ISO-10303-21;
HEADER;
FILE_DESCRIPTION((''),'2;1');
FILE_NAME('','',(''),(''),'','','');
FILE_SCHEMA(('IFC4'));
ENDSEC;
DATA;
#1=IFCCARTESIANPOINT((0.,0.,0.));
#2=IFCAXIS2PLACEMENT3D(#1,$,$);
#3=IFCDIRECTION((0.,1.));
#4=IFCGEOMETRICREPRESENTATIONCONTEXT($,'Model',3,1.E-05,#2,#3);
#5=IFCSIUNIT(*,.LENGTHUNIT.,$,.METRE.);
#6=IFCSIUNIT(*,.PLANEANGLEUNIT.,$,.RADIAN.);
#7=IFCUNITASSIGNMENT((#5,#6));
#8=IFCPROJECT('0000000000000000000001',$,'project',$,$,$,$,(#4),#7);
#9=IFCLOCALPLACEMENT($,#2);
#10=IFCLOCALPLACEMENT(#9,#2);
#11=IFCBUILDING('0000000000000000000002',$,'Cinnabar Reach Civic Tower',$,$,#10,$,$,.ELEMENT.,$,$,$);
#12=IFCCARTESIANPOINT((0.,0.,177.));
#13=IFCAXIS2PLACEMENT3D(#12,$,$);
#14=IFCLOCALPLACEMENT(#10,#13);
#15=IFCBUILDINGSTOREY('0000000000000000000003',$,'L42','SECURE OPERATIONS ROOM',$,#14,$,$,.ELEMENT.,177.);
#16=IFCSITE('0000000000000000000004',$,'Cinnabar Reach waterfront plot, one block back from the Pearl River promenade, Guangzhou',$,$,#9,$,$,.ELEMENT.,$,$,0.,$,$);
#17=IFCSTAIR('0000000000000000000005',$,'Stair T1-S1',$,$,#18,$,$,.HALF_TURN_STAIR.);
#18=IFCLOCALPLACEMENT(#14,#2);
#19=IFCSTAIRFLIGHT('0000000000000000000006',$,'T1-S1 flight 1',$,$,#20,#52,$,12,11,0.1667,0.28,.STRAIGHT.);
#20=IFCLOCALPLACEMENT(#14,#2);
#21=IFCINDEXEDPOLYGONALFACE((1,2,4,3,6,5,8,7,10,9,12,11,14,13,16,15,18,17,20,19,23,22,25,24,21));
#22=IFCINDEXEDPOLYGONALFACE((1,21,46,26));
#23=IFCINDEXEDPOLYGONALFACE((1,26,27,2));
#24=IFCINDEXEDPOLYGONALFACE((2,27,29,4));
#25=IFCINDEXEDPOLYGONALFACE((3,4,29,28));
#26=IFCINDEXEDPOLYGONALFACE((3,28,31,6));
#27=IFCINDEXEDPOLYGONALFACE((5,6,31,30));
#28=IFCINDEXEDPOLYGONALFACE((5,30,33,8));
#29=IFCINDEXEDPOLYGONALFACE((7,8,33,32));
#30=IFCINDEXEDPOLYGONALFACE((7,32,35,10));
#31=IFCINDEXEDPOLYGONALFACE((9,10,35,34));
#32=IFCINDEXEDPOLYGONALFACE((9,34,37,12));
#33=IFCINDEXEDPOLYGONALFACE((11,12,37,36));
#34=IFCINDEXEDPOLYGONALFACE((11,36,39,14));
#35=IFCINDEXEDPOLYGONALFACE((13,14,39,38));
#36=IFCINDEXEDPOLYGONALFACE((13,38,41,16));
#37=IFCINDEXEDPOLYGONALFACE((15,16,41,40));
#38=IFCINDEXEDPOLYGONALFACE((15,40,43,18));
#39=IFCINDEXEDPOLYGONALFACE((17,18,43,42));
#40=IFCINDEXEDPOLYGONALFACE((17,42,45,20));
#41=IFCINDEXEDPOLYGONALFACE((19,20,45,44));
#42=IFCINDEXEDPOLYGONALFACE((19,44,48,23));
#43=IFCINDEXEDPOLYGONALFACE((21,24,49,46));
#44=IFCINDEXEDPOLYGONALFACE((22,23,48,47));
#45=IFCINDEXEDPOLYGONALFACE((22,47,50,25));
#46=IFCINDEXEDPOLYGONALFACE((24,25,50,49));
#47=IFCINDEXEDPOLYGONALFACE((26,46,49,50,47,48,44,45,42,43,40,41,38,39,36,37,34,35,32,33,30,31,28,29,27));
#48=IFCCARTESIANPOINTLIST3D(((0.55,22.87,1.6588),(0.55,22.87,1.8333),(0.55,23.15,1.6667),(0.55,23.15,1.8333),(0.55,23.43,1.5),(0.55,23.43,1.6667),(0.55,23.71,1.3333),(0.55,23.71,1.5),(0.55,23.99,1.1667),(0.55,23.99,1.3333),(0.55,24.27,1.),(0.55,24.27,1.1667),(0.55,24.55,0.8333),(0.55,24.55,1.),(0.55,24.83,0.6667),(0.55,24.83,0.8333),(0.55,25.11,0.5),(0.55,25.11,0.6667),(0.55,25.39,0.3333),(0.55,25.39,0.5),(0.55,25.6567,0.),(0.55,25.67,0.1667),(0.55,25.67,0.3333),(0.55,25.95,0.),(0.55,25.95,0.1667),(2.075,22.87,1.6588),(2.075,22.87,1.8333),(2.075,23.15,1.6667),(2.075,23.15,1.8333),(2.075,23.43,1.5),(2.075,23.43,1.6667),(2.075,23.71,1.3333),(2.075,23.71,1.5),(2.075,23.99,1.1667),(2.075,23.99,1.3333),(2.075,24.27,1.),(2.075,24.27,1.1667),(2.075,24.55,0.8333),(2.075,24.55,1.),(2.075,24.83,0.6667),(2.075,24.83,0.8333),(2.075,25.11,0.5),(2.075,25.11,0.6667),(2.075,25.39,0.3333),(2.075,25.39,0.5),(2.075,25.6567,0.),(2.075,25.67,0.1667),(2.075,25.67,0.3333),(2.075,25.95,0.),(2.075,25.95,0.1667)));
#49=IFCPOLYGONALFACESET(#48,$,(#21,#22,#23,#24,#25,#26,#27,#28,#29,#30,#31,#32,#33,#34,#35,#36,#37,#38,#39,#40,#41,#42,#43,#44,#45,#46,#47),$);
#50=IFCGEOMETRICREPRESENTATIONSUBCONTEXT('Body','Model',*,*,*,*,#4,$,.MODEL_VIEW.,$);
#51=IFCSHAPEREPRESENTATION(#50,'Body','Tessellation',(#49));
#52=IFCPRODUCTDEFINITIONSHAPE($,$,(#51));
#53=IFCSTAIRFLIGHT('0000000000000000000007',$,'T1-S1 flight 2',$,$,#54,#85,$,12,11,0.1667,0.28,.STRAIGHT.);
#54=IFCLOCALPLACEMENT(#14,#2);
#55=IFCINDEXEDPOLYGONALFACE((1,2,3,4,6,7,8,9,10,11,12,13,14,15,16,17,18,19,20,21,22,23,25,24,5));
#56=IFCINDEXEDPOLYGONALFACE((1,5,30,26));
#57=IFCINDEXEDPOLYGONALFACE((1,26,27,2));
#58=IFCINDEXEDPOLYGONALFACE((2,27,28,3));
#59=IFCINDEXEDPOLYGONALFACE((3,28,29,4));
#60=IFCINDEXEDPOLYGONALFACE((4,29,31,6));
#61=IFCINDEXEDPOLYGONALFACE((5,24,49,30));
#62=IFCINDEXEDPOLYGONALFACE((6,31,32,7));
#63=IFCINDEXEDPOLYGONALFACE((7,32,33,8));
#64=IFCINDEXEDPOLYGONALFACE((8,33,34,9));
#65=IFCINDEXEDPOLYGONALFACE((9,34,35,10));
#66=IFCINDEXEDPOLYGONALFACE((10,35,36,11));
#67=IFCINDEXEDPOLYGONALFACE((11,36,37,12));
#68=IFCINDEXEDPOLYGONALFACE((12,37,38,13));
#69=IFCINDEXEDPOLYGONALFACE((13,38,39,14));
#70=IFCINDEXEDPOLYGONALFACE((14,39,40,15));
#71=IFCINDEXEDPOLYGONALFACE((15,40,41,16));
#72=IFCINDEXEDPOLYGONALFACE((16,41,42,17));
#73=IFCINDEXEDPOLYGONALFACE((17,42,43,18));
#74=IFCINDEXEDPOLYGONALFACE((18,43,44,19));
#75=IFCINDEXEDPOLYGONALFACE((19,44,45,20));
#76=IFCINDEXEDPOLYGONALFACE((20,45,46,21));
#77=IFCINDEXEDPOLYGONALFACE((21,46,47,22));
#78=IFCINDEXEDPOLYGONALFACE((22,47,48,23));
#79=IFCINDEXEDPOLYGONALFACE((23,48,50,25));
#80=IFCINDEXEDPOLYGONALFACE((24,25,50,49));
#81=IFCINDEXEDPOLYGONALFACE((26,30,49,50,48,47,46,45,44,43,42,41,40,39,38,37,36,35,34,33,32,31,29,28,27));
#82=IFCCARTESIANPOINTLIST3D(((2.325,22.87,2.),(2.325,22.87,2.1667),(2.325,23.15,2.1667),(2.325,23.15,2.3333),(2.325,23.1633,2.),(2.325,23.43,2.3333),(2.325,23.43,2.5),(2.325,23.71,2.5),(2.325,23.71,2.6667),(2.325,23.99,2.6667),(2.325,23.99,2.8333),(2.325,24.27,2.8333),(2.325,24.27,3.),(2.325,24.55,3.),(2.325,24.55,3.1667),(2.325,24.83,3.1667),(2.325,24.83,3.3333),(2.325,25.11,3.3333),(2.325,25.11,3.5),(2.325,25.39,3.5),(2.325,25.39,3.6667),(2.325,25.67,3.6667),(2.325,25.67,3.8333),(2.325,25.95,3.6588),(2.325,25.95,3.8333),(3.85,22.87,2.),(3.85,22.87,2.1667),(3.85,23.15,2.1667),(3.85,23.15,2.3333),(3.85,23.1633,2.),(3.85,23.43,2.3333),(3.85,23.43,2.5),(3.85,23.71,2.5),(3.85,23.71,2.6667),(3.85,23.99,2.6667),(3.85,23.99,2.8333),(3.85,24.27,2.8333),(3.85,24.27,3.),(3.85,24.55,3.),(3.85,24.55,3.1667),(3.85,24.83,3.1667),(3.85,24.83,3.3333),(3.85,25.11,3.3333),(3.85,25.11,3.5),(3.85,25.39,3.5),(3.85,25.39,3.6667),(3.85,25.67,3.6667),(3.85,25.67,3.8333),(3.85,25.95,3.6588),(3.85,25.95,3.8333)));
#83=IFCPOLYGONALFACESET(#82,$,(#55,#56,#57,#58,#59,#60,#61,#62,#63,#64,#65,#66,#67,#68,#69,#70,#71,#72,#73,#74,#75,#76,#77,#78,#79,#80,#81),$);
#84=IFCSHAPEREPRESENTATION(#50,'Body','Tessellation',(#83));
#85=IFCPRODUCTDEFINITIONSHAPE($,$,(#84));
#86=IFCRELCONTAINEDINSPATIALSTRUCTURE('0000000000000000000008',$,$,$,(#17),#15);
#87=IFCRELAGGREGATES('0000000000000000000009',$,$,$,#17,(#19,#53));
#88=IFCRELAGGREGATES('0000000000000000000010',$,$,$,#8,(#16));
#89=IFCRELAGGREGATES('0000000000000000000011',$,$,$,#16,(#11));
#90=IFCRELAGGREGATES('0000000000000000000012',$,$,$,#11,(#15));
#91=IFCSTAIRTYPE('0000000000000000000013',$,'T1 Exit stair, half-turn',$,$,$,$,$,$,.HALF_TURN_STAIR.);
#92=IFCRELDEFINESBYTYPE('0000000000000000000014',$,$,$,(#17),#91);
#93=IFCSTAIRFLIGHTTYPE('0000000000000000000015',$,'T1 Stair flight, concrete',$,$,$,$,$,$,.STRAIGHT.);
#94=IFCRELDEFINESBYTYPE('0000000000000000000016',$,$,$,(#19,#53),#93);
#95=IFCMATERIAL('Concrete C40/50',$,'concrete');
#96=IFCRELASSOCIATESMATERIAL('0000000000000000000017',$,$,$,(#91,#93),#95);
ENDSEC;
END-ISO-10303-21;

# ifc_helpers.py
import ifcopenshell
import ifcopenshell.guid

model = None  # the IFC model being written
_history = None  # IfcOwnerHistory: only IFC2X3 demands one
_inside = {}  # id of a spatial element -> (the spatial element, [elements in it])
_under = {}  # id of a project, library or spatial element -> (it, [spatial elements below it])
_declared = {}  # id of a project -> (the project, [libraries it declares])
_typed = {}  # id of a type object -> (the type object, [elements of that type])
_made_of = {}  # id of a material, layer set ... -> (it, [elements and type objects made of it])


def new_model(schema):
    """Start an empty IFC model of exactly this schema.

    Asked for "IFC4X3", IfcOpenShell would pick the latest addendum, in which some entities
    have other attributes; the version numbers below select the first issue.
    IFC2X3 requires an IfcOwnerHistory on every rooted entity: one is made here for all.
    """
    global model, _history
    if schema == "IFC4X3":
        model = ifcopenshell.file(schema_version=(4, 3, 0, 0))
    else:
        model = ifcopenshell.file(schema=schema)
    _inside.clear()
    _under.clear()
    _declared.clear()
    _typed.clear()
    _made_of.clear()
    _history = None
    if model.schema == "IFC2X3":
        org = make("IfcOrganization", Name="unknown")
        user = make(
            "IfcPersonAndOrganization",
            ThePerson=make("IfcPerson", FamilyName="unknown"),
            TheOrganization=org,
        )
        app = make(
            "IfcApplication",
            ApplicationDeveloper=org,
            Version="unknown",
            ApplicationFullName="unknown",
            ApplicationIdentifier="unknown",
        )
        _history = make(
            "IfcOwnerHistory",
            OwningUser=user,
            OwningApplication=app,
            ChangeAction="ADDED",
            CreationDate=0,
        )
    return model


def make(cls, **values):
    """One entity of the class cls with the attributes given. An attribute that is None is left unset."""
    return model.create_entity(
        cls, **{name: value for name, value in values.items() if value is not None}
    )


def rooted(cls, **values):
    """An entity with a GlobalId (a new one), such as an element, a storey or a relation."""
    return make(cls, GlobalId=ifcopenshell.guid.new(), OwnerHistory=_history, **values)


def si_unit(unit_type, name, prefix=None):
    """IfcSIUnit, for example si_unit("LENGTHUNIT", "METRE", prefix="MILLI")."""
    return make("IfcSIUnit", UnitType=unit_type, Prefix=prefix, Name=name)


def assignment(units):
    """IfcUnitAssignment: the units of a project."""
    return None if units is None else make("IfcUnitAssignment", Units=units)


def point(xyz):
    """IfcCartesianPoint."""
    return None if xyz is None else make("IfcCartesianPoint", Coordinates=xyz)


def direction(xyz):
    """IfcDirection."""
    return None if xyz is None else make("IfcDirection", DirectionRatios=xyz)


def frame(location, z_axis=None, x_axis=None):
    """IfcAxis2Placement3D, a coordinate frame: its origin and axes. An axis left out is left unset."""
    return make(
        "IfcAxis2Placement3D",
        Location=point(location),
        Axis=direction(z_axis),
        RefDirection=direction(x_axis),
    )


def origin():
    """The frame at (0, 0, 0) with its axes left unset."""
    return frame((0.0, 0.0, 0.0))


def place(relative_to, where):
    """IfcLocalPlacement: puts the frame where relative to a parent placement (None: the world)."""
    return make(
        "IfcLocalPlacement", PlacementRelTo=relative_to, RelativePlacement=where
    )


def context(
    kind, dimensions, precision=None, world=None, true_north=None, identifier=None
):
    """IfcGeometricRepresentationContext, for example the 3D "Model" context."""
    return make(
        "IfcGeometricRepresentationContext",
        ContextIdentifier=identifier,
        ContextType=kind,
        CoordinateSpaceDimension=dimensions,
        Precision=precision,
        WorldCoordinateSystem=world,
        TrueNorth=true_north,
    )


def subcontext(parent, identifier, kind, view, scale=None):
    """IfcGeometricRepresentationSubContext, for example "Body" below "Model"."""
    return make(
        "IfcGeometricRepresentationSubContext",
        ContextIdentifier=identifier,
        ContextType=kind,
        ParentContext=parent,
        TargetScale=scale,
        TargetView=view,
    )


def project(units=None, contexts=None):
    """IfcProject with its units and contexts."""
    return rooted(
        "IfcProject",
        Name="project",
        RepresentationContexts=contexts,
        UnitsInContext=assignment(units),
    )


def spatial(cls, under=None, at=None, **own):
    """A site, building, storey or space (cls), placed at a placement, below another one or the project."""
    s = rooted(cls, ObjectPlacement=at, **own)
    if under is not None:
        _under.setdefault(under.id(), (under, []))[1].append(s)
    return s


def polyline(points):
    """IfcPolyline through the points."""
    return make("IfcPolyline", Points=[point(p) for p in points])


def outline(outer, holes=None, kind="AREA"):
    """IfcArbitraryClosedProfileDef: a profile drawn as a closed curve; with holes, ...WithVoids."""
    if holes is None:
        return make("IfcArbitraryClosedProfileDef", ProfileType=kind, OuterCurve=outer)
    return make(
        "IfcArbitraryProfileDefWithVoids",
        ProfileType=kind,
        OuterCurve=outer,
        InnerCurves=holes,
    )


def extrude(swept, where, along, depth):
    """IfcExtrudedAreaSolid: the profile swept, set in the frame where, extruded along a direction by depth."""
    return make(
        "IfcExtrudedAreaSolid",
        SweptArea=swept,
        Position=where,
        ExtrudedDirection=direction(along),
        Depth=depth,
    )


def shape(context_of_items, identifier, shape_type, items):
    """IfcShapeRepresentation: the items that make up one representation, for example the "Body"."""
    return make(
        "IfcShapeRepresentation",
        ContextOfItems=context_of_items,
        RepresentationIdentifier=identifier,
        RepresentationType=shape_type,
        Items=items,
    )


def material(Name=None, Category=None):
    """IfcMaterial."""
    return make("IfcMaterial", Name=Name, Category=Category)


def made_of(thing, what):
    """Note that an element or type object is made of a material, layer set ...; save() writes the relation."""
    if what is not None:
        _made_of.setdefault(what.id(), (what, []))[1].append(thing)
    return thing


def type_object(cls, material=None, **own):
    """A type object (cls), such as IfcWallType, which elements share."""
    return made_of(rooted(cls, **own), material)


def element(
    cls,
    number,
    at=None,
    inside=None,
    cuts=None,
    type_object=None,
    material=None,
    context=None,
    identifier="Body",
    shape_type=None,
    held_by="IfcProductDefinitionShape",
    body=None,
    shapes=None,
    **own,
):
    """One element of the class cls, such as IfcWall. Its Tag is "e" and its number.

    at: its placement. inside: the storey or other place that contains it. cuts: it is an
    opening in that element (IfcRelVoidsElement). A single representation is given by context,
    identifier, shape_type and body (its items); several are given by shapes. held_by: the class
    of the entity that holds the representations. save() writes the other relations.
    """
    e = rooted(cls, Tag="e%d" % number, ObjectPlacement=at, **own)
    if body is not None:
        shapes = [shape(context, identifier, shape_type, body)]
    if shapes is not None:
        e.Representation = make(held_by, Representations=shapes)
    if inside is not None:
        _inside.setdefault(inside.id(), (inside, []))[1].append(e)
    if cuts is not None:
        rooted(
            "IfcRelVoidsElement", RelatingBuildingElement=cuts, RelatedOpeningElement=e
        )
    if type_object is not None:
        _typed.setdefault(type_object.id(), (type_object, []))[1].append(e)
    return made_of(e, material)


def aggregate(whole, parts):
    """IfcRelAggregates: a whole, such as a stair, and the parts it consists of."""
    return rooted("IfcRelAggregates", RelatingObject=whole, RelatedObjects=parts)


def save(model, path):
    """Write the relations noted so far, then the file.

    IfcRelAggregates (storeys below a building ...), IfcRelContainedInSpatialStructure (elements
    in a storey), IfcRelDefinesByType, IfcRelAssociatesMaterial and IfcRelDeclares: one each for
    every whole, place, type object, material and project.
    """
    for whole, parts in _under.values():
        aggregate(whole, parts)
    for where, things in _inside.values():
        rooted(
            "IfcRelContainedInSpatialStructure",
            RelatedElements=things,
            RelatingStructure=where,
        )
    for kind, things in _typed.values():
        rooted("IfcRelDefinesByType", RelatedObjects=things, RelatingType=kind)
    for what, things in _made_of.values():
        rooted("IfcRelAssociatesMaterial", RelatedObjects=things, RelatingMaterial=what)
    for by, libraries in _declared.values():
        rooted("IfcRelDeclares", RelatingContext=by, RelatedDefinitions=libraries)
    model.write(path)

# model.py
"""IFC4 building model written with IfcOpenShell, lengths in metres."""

from ifc_helpers import new_model, si_unit, direction, frame, origin, place, context, subcontext, project, spatial, polyline, outline, extrude, material, type_object, element, aggregate, save


model = new_model("IFC4")

# Units and contexts
model_context = context("Model", 3, precision=1e-05, world=origin(), true_north=direction((0.0, 1.0)))
body_context = subcontext(model_context, "Body", "Model", "MODEL_VIEW")
ifc_project = project(units=[si_unit("LENGTHUNIT", "METRE"), si_unit("PLANEANGLEUNIT", "RADIAN")], contexts=[model_context])

# Site, building, storey
site_placement = place(None, origin())
site = spatial("IfcSite", under=ifc_project, at=site_placement, Name="Cinnabar Reach waterfront plot, one block back from the Pearl River promenade, Guangzhou", CompositionType="ELEMENT", RefElevation=0.0)
building_placement = place(site_placement, origin())
building = spatial("IfcBuilding", under=site, at=building_placement, Name="Cinnabar Reach Civic Tower", CompositionType="ELEMENT")
storey_placement = place(building_placement, frame((0.0, 0.0, 177.0)))
storey = spatial("IfcBuildingStorey", under=building, at=storey_placement, Name="L42", Description="SECURE OPERATIONS ROOM", CompositionType="ELEMENT", Elevation=177.0)

# Shared definitions
ifc_material_1 = material(Name="Concrete C40/50", Category="concrete")

# Stair, stair flights
stair_type = type_object("IfcStairType", Name="T1 Exit stair, half-turn", PredefinedType="HALF_TURN_STAIR", material=ifc_material_1)
stair_placement = place(storey_placement, origin())
stair = element("IfcStair", 1, at=stair_placement, inside=storey, type_object=stair_type, Name="Stair T1-S1", PredefinedType="HALF_TURN_STAIR")
stair_flight_type = type_object("IfcStairFlightType", Name="T1 Stair flight, concrete", PredefinedType="STRAIGHT", material=ifc_material_1)
stair_flight_1_placement = place(storey_placement, frame((1.3125, 25.95, 0.0), z_axis=(0.0, 0.0, 1.0), x_axis=(0.0, -1.0, 0.0)))
stair_flight_1 = element("IfcStairFlight", 2, at=stair_flight_1_placement, type_object=stair_flight_type, Name="T1-S1 flight 1", NumberOfRisers=12, NumberOfTreads=11, PredefinedType="STRAIGHT", RiserHeight=0.1667, TreadLength=0.28, context=body_context, shape_type="SweptSolid", body=[
    extrude(outline(polyline([(0.0, 0.0), (0.0, 0.1667), (0.28, 0.1667), (0.28, 0.3333), (0.56, 0.3333), (0.56, 0.5), (0.84, 0.5), (0.84, 0.6667), (1.12, 0.6667), (1.12, 0.8333), (1.4, 0.8333), (1.4, 1.0), (1.68, 1.0), (1.68, 1.1667), (1.96, 1.1667), (1.96, 1.3333), (2.24, 1.3333), (2.24, 1.5), (2.52, 1.5), (2.52, 1.6667), (2.8, 1.6667), (2.8, 1.8333), (3.08, 1.8333), (3.08, 2.0), (3.08, 1.6588), (0.2933, 0.0), (0.0, 0.0)])), frame((0.0, 0.7625, 0.0), z_axis=(0.0, -1.0, 0.0), x_axis=(1.0, 0.0, 0.0)), (0.0, 0.0, 1.0), 1.525),
])
stair_flight_2_placement = place(storey_placement, frame((3.0875, 22.87, 2.0), z_axis=(0.0, 0.0, 1.0), x_axis=(0.0, 1.0, 0.0)))
stair_flight_2 = element("IfcStairFlight", 3, at=stair_flight_2_placement, type_object=stair_flight_type, Name="T1-S1 flight 2", NumberOfRisers=12, NumberOfTreads=11, PredefinedType="STRAIGHT", RiserHeight=0.1667, TreadLength=0.28, context=body_context, shape_type="SweptSolid", body=[
    extrude(outline(polyline([(0.0, 0.0), (0.0, 0.1667), (0.28, 0.1667), (0.28, 0.3333), (0.56, 0.3333), (0.56, 0.5), (0.84, 0.5), (0.84, 0.6667), (1.12, 0.6667), (1.12, 0.8333), (1.4, 0.8333), (1.4, 1.0), (1.68, 1.0), (1.68, 1.1667), (1.96, 1.1667), (1.96, 1.3333), (2.24, 1.3333), (2.24, 1.5), (2.52, 1.5), (2.52, 1.6667), (2.8, 1.6667), (2.8, 1.8333), (3.08, 1.8333), (3.08, 2.0), (3.08, 1.6588), (0.2933, 0.0), (0.0, 0.0)])), frame((0.0, 0.7625, 0.0), z_axis=(0.0, -1.0, 0.0), x_axis=(1.0, 0.0, 0.0)), (0.0, 0.0, 1.0), 1.525),
])
aggregate(stair, [stair_flight_1, stair_flight_2])

save(model, "model.ifc")
